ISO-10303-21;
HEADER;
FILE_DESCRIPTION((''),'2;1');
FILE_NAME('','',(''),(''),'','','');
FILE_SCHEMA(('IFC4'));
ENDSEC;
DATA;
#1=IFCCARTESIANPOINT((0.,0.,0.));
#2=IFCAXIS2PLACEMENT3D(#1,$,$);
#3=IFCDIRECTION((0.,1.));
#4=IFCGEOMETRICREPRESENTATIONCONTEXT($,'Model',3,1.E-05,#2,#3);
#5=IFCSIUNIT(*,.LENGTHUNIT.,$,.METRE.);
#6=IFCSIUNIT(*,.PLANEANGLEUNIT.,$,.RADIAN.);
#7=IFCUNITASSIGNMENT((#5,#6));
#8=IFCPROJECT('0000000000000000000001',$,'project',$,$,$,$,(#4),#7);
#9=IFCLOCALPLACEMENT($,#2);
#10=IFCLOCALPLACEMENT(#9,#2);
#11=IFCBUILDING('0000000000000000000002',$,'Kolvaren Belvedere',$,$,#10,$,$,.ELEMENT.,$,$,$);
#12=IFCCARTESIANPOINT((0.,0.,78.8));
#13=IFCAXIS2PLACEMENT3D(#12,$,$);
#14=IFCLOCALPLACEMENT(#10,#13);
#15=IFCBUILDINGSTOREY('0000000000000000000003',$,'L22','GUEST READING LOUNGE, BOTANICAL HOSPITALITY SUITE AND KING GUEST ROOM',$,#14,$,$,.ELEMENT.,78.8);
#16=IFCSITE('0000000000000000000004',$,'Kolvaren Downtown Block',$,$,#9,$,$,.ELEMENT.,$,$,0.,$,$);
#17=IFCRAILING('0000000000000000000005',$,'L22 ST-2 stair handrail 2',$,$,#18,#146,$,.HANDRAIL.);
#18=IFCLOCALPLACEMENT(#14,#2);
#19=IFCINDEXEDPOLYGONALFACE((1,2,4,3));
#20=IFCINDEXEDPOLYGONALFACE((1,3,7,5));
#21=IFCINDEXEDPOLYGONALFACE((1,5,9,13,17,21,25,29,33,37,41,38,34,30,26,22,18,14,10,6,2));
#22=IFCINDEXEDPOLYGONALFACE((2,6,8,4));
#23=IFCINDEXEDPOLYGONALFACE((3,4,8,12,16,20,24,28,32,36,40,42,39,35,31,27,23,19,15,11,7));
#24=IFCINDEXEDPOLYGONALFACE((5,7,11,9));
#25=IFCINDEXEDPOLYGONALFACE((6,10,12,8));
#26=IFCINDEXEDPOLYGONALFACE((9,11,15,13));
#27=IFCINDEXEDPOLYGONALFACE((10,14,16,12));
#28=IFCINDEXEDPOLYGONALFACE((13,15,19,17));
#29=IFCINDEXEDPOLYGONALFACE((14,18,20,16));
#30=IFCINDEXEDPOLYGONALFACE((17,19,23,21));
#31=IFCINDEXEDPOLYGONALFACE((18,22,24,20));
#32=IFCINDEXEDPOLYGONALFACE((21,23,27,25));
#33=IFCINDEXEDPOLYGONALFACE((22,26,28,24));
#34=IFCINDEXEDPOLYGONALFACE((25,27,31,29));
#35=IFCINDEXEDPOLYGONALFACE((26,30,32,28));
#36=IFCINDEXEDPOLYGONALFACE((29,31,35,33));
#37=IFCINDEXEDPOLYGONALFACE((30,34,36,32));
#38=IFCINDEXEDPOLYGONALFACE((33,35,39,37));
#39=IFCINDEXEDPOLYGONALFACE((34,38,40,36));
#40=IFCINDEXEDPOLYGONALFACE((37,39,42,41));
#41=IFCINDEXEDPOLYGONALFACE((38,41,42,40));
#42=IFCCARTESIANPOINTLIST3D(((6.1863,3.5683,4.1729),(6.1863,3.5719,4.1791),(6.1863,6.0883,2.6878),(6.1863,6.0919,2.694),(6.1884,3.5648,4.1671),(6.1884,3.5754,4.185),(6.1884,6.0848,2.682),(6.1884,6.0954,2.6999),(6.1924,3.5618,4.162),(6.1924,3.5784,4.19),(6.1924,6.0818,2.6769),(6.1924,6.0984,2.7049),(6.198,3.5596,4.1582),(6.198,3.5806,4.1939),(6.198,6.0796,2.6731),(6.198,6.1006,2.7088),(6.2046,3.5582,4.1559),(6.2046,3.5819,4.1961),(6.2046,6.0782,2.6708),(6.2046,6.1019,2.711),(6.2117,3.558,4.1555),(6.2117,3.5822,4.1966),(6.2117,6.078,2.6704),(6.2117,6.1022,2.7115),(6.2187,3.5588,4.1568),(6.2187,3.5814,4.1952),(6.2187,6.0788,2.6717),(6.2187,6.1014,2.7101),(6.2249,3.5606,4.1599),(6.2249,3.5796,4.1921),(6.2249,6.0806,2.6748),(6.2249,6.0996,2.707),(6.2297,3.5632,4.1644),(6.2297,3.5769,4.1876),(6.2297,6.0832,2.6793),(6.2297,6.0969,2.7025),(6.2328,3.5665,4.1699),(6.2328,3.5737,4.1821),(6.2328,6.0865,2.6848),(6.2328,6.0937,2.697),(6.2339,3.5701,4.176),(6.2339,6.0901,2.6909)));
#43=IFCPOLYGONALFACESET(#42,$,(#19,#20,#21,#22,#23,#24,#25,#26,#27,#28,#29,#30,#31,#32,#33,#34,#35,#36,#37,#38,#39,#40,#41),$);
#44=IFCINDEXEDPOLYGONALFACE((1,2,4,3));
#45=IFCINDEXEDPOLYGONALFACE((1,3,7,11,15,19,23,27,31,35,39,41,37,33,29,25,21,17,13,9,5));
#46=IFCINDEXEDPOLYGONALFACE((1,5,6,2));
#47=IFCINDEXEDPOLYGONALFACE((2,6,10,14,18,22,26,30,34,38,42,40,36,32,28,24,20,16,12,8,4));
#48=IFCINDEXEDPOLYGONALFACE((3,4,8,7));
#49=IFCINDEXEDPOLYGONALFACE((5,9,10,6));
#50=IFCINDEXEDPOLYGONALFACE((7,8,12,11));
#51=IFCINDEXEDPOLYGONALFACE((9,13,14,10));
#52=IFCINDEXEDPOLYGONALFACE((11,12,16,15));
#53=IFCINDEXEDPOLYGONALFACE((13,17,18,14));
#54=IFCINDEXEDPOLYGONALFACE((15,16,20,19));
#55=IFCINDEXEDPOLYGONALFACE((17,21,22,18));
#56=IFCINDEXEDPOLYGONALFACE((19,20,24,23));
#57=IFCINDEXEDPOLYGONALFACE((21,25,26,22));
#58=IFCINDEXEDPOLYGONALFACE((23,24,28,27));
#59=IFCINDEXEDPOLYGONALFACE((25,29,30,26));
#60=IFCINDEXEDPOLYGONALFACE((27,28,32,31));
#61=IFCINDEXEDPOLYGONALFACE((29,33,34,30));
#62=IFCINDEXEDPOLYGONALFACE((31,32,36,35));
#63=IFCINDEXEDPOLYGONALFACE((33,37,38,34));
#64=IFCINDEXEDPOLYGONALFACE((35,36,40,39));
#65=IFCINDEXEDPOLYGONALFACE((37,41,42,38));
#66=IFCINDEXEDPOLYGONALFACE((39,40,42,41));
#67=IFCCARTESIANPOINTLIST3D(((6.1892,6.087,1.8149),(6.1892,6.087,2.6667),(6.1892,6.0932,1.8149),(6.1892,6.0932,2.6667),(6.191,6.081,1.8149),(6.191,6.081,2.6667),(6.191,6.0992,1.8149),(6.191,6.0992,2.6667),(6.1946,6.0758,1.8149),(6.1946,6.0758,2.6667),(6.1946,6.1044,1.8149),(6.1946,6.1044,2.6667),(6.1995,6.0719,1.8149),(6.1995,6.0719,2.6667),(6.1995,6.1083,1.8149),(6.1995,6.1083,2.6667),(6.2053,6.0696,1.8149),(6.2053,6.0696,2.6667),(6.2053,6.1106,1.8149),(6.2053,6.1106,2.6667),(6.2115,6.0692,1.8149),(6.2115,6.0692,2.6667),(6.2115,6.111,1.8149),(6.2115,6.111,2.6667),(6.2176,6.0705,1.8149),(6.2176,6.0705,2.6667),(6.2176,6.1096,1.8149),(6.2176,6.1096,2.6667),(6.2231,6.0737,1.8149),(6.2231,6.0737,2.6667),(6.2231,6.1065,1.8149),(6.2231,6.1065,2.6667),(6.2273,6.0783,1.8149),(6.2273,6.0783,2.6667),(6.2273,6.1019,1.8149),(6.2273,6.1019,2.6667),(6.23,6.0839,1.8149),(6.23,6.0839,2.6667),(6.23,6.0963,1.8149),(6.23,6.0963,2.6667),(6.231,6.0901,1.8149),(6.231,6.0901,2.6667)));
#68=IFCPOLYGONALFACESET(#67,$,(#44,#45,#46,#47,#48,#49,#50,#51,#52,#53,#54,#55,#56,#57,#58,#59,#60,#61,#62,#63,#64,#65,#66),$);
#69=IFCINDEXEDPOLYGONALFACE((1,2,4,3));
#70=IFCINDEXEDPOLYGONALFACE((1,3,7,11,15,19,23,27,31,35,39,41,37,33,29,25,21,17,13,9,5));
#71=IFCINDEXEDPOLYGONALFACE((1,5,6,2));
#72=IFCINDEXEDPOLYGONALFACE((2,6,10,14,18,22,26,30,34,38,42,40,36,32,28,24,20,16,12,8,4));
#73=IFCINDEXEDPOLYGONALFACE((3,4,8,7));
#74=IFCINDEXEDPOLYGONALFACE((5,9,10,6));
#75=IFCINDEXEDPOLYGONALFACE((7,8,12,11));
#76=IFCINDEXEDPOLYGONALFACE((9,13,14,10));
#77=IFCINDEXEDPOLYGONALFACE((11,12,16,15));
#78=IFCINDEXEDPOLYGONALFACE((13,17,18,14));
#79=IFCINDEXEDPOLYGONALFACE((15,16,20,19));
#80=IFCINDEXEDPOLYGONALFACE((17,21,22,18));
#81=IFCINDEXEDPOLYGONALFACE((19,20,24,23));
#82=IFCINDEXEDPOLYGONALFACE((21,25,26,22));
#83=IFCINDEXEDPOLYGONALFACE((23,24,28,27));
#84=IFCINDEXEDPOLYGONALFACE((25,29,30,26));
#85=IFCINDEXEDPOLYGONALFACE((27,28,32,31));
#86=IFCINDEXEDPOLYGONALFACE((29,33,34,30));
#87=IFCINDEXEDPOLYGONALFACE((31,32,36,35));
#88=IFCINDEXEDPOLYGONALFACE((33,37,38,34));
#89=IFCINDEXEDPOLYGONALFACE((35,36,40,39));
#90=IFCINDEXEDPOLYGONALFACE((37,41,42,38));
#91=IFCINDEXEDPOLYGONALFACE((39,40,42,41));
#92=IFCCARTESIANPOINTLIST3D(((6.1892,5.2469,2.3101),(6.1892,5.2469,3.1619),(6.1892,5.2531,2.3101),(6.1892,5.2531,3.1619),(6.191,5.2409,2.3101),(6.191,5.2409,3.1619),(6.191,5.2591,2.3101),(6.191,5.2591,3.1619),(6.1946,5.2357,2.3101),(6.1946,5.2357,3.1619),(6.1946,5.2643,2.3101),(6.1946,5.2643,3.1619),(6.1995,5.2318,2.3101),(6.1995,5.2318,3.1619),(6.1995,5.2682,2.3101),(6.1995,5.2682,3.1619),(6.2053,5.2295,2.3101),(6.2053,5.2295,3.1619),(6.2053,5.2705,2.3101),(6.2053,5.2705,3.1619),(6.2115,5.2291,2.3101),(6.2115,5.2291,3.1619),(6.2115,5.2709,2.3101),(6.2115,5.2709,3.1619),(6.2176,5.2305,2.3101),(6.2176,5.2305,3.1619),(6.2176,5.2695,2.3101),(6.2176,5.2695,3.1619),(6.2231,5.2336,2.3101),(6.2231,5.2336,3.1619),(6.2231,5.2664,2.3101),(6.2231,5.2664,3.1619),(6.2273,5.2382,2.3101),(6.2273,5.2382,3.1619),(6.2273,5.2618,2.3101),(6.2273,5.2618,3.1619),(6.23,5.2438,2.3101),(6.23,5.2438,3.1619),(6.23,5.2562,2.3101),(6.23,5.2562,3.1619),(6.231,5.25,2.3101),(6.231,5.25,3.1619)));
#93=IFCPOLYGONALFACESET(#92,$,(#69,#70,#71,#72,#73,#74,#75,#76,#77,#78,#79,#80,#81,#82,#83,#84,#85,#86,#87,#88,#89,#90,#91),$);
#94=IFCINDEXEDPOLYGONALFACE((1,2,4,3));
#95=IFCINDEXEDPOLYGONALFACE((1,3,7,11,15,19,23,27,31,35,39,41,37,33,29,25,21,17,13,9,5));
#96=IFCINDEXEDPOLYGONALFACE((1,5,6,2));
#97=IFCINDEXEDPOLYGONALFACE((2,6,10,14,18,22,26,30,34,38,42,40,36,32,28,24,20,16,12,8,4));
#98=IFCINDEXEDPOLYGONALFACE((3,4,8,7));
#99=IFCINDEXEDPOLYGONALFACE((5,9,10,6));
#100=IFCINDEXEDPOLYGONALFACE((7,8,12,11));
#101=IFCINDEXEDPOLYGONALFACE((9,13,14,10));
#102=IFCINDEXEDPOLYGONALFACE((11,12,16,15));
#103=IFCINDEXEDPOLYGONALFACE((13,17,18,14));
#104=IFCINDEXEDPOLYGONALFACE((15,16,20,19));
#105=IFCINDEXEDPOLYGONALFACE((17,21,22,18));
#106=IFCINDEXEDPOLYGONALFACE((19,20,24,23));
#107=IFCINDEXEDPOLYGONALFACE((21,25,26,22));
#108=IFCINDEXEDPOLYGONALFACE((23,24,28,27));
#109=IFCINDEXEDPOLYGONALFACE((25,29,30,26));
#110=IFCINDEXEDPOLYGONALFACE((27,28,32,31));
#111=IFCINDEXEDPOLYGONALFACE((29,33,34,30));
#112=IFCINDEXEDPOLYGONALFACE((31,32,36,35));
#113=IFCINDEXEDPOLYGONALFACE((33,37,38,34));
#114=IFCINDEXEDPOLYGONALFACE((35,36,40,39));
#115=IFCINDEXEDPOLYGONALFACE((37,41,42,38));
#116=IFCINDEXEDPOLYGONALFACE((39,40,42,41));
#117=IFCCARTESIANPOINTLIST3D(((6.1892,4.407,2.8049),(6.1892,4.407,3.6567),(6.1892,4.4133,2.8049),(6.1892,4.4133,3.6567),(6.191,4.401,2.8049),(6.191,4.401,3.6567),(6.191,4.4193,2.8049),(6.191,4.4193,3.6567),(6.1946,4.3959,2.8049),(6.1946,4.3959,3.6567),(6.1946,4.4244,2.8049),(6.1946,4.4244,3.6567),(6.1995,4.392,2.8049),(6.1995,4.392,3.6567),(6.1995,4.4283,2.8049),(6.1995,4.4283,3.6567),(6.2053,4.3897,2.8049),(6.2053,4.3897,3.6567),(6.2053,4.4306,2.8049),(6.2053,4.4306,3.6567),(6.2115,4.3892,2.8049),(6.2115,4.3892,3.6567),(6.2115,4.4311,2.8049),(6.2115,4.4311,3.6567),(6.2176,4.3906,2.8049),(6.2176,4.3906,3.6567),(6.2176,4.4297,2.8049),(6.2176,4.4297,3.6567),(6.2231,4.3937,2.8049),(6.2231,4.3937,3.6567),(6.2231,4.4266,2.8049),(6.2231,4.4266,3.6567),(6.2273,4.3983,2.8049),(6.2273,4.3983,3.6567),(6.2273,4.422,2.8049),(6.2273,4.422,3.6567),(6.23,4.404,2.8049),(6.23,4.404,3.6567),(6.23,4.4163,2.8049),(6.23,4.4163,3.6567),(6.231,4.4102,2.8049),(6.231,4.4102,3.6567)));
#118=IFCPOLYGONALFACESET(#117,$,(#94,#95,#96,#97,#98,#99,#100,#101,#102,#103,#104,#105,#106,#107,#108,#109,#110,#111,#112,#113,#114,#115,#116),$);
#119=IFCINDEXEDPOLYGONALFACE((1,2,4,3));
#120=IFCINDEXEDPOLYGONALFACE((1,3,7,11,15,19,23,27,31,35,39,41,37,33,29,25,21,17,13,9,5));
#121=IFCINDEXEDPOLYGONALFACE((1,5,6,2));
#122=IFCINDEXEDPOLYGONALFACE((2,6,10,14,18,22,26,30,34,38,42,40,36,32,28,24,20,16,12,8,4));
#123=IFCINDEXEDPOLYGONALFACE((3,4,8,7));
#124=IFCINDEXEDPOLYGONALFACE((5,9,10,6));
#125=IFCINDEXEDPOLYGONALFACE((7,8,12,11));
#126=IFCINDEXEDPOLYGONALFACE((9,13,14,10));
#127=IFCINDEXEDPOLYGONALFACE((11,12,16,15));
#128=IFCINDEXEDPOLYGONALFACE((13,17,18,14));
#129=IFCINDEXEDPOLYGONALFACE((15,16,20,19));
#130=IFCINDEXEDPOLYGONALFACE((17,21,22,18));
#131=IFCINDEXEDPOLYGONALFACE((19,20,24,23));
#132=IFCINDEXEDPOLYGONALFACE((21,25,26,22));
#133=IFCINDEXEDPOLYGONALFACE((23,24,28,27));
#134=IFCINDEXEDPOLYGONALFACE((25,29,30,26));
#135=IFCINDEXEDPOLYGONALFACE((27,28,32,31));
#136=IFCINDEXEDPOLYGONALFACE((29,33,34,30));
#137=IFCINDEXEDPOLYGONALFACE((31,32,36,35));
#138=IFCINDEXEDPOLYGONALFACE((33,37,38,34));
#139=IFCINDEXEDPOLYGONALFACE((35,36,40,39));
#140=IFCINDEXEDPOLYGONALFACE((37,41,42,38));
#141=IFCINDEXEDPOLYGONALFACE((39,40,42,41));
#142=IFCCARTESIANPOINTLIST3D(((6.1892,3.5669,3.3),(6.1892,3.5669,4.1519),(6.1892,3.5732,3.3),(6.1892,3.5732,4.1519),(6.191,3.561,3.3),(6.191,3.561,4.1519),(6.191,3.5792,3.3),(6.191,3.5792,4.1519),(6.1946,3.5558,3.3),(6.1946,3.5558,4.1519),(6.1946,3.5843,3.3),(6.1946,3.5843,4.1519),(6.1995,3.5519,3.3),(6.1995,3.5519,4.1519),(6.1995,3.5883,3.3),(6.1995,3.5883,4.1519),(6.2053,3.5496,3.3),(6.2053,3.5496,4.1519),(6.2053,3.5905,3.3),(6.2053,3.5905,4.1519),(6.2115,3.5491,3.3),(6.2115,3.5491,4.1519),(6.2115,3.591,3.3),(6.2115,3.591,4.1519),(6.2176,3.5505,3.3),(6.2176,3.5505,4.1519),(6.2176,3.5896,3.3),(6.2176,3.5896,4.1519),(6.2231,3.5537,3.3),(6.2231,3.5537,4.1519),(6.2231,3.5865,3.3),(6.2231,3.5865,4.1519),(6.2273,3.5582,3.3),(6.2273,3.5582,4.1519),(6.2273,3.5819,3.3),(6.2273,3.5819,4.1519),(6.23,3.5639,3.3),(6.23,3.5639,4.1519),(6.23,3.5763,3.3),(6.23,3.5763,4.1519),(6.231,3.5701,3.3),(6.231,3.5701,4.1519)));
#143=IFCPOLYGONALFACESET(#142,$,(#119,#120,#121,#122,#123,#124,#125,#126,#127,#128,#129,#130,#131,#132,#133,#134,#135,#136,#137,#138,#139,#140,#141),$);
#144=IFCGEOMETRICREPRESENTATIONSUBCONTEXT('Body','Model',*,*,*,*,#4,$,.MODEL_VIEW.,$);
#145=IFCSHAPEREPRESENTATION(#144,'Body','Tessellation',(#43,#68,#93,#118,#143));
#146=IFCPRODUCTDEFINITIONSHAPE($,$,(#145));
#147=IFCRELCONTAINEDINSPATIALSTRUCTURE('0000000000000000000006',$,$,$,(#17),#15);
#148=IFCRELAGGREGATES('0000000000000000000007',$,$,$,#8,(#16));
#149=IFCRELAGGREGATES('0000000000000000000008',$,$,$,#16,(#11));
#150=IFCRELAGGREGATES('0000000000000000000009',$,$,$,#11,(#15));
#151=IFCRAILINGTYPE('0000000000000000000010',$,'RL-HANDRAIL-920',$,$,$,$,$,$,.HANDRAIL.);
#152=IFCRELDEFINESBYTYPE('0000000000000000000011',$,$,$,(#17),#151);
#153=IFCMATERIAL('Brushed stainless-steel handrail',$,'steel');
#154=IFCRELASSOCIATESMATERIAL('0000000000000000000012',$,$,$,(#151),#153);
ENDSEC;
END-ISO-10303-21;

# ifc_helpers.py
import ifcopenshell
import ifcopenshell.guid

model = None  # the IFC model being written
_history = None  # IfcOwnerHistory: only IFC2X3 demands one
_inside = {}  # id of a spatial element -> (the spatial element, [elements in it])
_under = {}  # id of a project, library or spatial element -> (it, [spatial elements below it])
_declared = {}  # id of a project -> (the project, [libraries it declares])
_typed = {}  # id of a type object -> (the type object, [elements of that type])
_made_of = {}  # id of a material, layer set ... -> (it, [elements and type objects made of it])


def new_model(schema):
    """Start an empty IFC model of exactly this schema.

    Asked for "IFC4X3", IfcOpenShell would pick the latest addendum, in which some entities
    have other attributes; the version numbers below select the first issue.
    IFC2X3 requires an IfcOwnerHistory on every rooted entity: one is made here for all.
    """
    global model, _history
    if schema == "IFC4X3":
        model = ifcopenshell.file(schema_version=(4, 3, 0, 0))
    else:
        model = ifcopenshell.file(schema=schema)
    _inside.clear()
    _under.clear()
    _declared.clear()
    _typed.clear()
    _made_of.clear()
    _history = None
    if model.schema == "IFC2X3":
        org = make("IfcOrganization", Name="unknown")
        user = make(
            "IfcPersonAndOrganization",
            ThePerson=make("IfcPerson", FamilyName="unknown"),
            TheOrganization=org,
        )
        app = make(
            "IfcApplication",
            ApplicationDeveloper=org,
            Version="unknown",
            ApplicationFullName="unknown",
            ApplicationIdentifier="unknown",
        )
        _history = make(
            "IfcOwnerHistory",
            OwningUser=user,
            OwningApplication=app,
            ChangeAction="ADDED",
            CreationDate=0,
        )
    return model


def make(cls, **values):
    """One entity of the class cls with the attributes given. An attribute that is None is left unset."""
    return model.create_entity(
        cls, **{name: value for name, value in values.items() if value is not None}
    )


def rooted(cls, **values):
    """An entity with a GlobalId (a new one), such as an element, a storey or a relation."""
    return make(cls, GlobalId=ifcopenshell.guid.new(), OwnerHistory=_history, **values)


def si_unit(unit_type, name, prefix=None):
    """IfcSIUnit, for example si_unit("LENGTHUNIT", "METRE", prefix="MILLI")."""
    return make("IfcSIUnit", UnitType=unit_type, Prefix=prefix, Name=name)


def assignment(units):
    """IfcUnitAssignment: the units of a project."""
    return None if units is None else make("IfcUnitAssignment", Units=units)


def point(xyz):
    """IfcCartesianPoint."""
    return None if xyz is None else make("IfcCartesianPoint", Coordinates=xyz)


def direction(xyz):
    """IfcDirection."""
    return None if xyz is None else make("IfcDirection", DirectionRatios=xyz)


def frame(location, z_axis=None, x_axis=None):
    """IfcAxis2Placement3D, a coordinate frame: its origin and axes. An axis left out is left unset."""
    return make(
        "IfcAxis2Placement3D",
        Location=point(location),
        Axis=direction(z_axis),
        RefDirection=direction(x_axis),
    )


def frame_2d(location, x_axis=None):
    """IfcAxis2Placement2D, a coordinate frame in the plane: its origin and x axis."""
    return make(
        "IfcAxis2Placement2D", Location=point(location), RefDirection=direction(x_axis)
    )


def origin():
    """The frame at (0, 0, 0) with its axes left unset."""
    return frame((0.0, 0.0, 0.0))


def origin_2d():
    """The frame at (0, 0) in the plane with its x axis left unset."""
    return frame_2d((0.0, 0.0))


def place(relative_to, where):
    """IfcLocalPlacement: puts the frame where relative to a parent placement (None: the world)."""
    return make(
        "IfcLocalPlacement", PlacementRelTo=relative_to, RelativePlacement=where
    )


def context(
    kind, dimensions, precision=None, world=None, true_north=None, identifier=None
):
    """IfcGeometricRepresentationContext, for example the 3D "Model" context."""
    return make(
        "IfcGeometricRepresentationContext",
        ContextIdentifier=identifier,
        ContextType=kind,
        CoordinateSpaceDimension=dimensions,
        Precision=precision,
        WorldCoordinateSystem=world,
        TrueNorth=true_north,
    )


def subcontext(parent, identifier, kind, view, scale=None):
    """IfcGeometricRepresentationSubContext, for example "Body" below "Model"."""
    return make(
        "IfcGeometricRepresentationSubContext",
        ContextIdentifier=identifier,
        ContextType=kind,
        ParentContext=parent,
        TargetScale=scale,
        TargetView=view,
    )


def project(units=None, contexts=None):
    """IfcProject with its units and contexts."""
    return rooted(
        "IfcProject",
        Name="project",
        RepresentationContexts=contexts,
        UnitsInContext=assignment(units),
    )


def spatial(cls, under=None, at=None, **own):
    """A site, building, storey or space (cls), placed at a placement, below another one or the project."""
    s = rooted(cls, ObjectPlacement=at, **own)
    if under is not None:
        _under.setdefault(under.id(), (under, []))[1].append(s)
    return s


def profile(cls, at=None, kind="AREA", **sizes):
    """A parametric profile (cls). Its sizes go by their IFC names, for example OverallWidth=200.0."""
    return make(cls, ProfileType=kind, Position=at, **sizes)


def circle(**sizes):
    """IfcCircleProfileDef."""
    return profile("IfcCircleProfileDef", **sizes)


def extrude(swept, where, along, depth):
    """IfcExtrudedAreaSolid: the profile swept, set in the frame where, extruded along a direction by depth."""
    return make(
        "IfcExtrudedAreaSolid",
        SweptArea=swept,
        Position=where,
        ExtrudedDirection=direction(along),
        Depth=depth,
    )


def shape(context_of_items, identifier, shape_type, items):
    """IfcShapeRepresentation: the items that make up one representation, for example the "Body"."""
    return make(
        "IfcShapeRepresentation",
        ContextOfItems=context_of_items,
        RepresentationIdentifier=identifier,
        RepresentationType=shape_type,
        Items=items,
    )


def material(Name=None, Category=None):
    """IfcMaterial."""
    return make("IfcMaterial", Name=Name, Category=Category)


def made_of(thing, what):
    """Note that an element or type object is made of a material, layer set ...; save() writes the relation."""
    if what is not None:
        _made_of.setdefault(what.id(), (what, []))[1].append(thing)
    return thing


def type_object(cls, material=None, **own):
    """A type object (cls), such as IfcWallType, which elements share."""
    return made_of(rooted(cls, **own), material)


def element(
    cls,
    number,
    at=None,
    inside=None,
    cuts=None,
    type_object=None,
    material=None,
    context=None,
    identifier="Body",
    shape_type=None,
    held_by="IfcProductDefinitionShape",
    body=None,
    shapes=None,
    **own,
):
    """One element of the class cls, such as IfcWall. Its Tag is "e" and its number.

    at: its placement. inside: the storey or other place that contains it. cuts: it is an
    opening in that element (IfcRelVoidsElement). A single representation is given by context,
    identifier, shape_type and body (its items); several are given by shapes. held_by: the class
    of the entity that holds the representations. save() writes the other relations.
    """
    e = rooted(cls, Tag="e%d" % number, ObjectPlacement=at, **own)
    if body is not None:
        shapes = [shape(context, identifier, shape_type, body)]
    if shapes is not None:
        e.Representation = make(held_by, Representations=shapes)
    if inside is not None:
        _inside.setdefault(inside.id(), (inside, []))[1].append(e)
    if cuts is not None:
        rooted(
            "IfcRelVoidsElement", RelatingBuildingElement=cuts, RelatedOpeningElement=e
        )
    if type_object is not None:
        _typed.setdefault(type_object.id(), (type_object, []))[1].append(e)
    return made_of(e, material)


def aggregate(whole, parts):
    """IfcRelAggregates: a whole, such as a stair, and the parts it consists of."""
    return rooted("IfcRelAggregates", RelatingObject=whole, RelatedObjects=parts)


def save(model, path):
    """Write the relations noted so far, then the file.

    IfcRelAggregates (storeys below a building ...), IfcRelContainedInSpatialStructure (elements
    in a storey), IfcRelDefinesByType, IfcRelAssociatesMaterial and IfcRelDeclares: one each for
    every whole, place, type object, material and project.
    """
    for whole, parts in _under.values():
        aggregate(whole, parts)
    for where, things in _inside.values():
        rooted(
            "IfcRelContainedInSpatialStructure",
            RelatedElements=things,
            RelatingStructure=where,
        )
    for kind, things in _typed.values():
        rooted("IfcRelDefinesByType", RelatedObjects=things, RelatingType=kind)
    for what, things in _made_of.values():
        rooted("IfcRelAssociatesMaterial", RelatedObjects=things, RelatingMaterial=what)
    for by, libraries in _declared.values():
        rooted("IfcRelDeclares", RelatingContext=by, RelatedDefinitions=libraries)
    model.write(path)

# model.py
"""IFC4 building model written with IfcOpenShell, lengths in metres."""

from ifc_helpers import new_model, si_unit, direction, frame, origin, origin_2d, place, context, subcontext, project, spatial, circle, extrude, material, type_object, element, save


model = new_model("IFC4")

# Units and contexts
model_context = context("Model", 3, precision=1e-05, world=origin(), true_north=direction((0.0, 1.0)))
body_context = subcontext(model_context, "Body", "Model", "MODEL_VIEW")
ifc_project = project(units=[si_unit("LENGTHUNIT", "METRE"), si_unit("PLANEANGLEUNIT", "RADIAN")], contexts=[model_context])

# Site, building, storey
site_placement = place(None, origin())
site = spatial("IfcSite", under=ifc_project, at=site_placement, Name="Kolvaren Downtown Block", CompositionType="ELEMENT", RefElevation=0.0)
building_placement = place(site_placement, origin())
building = spatial("IfcBuilding", under=site, at=building_placement, Name="Kolvaren Belvedere", CompositionType="ELEMENT")
storey_placement = place(building_placement, frame((0.0, 0.0, 78.8)))
storey = spatial("IfcBuildingStorey", under=building, at=storey_placement, Name="L22", Description="GUEST READING LOUNGE, BOTANICAL HOSPITALITY SUITE AND KING GUEST ROOM", CompositionType="ELEMENT", Elevation=78.8)

# Railing
ifc_material_1 = material(Name="Brushed stainless-steel handrail", Category="steel")
railing_type_1 = type_object("IfcRailingType", Name="RL-HANDRAIL-920", PredefinedType="HANDRAIL", material=ifc_material_1)
railing_1_placement = place(storey_placement, frame((6.21, 6.0901, 1.8149)))
element("IfcRailing", 1, at=railing_1_placement, inside=storey, type_object=railing_type_1, Name="L22 ST-2 stair handrail 2", PredefinedType="HANDRAIL", context=body_context, shape_type="SweptSolid", body=[
    extrude(circle(Radius=0.0239, at=origin_2d()), frame((0.0, 0.0, 0.876), z_axis=(0.0, -0.861524, 0.507717), x_axis=(1.0, 0.0, 0.0)), (0.0, 0.0, 1.0), 2.925),
    extrude(circle(Radius=0.021, at=origin_2d()), origin(), (0.0, 0.0, 1.0), 0.8518),
    extrude(circle(Radius=0.021, at=origin_2d()), frame((0.0, -0.8401, 0.4951)), (0.0, 0.0, 1.0), 0.8518),
    extrude(circle(Radius=0.021, at=origin_2d()), frame((0.0, -1.6799, 0.99)), (0.0, 0.0, 1.0), 0.8518),
    extrude(circle(Radius=0.021, at=origin_2d()), frame((0.0, -2.52, 1.4851)), (0.0, 0.0, 1.0), 0.8518),
])

save(model, "model.ifc")
